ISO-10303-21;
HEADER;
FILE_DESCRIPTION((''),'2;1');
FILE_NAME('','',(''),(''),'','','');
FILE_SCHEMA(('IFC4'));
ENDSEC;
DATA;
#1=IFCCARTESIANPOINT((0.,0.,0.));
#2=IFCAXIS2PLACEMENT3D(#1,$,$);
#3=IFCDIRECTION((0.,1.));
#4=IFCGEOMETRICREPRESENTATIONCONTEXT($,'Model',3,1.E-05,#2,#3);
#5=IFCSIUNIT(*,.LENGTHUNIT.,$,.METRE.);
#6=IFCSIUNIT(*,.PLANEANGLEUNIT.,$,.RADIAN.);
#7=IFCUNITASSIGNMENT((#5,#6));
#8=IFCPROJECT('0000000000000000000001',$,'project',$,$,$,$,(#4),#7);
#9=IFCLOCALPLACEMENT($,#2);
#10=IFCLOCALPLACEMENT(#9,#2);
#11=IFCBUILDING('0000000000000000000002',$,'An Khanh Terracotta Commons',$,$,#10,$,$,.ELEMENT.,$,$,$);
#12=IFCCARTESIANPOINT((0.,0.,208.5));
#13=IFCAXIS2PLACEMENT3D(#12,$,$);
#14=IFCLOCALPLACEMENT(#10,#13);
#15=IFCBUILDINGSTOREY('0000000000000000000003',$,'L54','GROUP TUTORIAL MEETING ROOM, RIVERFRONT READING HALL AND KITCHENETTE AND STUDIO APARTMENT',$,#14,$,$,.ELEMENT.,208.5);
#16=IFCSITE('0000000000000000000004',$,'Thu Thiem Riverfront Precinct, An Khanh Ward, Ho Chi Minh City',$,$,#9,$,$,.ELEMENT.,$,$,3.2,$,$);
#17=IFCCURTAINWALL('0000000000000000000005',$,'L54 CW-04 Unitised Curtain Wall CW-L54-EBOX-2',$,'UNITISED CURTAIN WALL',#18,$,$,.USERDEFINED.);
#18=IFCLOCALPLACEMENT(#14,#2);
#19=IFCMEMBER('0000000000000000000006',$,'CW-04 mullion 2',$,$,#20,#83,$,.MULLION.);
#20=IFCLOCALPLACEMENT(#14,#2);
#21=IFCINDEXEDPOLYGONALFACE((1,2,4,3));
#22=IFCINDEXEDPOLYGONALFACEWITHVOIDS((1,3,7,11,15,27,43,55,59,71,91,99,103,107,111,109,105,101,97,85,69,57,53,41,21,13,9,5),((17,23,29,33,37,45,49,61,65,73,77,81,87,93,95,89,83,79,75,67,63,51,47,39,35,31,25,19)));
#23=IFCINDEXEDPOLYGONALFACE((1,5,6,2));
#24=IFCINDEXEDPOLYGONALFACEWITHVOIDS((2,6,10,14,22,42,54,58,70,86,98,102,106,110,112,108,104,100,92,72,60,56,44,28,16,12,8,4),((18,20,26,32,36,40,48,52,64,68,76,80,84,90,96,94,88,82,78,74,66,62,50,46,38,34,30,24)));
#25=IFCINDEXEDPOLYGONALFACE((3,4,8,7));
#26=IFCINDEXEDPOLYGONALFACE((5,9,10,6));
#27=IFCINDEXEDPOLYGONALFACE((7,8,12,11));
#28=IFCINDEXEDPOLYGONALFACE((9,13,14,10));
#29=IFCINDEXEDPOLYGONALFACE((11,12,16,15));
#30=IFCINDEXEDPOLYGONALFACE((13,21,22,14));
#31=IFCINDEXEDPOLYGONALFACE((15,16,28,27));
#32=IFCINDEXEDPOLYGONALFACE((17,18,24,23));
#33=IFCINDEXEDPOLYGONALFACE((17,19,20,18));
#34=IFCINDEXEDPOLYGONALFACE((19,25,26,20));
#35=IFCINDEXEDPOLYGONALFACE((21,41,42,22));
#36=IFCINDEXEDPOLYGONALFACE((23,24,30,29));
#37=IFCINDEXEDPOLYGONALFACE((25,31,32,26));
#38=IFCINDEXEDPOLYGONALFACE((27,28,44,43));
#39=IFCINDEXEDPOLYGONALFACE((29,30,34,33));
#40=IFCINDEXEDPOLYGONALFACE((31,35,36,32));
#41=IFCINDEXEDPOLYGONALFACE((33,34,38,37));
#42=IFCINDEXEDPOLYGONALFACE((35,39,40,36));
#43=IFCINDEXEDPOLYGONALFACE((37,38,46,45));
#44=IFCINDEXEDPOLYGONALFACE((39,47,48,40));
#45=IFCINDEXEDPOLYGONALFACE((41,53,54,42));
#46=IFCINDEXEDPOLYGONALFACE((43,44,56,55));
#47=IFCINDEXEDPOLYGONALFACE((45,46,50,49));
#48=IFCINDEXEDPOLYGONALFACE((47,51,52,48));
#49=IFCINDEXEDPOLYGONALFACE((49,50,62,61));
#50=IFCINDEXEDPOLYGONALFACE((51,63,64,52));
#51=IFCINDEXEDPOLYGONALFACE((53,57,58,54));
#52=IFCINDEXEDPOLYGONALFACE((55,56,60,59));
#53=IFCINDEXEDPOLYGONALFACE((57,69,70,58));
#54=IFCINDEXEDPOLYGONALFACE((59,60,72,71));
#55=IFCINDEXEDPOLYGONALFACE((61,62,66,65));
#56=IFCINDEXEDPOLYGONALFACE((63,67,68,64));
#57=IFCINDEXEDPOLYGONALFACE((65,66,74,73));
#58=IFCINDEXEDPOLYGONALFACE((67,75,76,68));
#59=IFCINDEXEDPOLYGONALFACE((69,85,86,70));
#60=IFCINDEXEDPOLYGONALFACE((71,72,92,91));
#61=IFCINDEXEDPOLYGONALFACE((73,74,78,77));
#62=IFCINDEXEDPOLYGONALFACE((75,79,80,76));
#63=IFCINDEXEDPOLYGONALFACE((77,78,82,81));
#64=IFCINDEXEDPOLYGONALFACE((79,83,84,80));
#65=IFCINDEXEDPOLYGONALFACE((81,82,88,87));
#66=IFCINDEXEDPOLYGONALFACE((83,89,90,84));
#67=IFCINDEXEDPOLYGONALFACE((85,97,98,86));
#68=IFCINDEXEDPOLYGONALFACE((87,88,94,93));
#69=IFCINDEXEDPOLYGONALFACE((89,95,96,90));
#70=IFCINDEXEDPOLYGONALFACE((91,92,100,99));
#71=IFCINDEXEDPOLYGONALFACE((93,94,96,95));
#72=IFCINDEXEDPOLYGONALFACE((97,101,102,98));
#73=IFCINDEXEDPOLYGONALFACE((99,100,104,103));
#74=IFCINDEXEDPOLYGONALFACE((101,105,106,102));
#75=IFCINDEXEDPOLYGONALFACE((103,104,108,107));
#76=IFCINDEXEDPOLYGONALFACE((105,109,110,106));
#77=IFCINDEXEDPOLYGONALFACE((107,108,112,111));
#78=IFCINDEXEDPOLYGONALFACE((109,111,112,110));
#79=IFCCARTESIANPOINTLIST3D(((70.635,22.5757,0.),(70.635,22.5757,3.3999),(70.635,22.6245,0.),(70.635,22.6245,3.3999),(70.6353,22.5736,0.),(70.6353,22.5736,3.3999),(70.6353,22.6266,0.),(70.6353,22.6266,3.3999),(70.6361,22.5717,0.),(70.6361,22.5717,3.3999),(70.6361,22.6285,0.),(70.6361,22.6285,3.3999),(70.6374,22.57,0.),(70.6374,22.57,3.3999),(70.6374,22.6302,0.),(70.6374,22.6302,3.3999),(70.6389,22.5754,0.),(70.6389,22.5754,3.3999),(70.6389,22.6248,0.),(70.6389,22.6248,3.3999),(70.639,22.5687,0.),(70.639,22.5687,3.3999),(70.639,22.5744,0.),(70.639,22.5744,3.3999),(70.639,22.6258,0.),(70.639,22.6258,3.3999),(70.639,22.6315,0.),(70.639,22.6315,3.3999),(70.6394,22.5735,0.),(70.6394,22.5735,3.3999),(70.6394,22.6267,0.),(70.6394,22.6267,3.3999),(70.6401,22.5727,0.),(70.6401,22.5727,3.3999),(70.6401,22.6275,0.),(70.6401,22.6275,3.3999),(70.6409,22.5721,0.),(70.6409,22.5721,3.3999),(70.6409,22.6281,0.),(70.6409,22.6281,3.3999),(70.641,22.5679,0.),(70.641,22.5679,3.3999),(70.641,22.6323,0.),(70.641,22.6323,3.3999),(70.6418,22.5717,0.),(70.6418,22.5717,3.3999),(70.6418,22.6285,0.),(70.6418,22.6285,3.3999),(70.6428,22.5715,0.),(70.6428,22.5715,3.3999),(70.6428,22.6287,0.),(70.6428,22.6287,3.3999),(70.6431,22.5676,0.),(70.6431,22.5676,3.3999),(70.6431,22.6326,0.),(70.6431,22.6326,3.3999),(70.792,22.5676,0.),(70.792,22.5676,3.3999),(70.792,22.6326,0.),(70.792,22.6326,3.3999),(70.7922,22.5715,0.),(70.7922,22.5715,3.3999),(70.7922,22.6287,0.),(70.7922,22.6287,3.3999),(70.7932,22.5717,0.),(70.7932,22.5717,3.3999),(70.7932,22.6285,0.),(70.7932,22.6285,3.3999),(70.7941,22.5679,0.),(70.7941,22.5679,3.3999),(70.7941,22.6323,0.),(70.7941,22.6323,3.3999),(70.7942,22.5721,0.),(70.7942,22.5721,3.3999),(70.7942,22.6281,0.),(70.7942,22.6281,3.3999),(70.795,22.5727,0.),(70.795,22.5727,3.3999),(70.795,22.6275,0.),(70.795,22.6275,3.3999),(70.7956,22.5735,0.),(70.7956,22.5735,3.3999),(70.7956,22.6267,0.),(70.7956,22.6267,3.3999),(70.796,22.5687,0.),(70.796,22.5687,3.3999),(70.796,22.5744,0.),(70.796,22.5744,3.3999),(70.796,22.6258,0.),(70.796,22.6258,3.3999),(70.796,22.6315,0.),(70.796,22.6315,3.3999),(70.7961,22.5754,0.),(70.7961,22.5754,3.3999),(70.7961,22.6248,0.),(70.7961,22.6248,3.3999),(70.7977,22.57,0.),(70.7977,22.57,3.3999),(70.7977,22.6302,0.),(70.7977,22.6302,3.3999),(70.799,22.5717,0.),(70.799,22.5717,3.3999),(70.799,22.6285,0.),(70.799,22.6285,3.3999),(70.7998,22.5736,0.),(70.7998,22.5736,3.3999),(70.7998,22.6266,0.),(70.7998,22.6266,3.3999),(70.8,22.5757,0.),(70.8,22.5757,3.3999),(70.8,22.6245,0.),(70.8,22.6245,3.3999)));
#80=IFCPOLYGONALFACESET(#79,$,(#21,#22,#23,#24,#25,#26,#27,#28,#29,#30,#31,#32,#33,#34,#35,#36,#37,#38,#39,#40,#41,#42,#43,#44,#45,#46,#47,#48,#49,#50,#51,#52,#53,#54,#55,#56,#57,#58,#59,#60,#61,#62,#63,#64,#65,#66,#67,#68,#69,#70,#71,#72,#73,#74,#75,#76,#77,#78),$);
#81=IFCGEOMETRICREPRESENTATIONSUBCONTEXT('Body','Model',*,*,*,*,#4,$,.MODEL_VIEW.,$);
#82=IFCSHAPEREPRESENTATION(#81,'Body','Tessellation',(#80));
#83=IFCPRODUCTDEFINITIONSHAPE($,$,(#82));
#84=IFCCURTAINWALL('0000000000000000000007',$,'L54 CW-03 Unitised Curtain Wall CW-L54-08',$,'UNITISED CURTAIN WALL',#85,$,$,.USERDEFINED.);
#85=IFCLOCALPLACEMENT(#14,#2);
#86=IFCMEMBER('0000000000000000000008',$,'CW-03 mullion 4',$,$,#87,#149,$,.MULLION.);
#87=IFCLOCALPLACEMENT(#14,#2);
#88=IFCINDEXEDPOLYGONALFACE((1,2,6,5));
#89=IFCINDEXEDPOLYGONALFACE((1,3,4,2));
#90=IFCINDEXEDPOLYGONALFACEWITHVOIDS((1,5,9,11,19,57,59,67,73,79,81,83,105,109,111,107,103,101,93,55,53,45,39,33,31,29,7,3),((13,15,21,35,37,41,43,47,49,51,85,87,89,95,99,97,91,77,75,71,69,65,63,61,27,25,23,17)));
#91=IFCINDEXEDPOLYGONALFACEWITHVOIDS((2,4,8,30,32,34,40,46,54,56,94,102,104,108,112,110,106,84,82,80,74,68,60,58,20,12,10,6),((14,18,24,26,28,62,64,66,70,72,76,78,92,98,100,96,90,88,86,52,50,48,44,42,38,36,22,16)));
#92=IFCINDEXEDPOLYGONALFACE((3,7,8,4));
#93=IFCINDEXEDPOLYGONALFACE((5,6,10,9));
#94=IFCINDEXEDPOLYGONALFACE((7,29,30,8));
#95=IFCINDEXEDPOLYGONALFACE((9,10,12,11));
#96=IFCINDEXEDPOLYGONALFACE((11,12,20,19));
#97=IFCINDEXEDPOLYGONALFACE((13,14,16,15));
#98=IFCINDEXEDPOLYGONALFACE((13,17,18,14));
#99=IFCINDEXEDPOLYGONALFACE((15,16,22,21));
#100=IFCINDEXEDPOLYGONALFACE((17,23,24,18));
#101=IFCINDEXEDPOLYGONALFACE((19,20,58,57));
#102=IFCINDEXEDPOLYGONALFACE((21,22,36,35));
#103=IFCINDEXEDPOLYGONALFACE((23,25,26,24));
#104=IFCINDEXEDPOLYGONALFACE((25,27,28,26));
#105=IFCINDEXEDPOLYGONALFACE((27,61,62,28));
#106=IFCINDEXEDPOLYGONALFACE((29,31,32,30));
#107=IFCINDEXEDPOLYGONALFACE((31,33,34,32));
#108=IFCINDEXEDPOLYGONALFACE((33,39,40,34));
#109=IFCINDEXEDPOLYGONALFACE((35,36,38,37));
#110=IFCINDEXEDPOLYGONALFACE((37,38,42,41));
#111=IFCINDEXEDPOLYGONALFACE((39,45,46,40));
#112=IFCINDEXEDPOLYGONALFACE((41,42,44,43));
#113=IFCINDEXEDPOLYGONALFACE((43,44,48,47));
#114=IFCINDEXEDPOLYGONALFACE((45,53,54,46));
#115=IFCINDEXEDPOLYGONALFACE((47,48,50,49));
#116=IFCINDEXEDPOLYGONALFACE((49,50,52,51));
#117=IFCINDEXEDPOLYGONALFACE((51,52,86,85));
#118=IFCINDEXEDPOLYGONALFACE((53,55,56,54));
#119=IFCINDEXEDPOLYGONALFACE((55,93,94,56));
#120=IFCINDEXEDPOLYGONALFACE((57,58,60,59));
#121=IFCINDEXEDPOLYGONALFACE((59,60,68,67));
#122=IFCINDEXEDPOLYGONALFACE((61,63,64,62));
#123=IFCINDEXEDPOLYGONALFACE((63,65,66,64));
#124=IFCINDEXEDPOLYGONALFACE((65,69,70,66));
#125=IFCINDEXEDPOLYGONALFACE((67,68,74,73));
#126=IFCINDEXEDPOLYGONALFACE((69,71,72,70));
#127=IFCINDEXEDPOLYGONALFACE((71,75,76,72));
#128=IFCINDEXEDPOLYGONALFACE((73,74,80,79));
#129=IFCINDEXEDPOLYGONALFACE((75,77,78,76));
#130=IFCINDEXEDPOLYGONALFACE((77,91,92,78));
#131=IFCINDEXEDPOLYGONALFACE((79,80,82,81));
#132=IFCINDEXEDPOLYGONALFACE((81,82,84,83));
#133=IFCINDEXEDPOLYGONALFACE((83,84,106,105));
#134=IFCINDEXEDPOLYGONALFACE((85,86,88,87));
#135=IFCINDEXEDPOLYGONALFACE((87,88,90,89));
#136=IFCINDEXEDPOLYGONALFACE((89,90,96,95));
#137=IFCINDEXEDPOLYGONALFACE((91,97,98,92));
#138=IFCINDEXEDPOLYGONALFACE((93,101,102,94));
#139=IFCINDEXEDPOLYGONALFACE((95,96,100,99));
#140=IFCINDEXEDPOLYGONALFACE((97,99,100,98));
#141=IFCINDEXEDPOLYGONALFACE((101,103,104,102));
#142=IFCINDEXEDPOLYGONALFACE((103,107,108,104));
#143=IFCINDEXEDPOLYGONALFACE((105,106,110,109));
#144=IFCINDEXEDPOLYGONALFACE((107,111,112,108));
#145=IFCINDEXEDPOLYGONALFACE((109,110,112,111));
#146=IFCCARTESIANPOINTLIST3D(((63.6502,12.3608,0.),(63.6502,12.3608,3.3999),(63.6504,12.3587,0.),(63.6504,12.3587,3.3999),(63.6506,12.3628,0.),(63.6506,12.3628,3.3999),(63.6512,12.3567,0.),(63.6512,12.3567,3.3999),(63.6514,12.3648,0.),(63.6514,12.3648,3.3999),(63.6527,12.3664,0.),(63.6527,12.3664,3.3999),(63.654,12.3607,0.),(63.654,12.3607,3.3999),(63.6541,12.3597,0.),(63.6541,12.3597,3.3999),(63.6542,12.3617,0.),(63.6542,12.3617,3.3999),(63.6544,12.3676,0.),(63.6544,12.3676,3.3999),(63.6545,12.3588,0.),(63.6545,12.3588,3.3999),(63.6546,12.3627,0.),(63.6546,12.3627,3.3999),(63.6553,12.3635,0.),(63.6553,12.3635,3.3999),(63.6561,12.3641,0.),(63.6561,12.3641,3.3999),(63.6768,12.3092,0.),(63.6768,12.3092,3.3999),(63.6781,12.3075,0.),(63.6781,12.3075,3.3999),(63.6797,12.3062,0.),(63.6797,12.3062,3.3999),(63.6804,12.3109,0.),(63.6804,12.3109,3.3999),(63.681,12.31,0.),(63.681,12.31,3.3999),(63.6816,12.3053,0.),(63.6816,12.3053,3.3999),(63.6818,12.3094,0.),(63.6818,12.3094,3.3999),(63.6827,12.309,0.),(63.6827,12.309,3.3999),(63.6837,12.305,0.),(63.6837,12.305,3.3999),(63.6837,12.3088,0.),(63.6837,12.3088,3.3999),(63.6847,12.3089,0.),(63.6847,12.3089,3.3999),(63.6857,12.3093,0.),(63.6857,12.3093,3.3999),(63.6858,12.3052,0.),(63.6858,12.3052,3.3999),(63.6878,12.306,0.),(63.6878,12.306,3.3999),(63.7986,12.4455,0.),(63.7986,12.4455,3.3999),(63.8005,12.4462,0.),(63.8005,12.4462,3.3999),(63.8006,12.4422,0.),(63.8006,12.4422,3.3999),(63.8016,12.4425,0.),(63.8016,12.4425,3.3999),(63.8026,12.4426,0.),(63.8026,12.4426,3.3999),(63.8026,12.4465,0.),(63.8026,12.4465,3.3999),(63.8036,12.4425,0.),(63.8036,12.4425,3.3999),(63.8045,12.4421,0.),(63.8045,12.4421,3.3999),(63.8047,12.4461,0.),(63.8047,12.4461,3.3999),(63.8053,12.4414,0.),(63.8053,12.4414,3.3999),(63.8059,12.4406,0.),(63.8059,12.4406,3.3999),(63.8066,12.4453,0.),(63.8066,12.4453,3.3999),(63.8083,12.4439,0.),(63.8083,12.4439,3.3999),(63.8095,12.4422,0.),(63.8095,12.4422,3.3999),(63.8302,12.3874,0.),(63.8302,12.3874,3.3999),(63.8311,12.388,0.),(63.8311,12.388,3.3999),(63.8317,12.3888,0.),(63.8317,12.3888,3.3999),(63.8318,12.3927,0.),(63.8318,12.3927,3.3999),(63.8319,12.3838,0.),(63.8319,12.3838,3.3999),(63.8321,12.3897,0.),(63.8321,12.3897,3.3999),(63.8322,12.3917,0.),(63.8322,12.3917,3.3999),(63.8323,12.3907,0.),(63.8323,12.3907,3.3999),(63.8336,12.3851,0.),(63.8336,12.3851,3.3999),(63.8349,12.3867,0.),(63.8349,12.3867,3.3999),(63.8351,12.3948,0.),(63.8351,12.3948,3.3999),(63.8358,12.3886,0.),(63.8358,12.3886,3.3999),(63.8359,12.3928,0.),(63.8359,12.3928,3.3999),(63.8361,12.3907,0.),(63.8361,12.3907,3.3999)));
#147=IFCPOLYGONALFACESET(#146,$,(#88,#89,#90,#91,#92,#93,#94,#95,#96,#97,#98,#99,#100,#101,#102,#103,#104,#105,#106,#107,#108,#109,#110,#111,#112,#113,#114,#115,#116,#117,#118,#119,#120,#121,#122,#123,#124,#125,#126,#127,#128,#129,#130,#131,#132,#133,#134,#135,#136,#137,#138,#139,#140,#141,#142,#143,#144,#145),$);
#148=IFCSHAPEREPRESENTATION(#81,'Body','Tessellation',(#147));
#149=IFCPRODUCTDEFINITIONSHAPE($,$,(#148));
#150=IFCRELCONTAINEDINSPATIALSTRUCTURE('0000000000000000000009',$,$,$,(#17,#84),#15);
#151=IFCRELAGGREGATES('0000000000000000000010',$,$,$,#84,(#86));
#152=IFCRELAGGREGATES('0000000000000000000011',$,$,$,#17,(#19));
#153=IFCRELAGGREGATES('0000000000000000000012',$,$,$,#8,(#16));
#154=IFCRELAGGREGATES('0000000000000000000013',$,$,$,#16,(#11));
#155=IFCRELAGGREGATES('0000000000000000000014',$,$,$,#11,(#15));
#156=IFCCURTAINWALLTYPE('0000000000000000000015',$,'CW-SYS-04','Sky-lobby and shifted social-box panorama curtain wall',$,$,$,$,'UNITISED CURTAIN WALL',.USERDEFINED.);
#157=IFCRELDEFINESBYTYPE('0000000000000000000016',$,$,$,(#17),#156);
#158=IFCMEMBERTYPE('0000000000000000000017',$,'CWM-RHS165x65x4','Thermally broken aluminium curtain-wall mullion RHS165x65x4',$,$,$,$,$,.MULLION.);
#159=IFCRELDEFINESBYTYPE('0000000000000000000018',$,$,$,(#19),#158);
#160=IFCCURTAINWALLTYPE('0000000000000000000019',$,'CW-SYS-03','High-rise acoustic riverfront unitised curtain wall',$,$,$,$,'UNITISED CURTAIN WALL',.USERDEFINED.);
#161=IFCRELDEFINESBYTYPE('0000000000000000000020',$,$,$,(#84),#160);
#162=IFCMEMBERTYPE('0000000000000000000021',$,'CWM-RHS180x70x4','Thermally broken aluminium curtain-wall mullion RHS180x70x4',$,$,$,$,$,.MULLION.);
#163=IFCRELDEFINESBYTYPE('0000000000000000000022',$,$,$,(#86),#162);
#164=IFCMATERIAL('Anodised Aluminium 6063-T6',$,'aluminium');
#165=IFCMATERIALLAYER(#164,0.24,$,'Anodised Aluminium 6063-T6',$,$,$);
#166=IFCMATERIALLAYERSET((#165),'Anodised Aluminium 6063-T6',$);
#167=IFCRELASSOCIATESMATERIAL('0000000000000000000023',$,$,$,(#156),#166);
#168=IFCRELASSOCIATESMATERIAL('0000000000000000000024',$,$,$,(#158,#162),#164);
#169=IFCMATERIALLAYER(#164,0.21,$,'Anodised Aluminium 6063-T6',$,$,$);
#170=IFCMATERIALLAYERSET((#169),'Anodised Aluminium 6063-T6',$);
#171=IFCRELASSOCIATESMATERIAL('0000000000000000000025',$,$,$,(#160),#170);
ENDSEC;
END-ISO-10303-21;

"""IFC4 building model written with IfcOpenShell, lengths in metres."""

from ifc_helpers import new_model, si_unit, direction, frame, origin, origin_2d, place, context, subcontext, project, spatial, hollow_rectangle, extrude, material, layer, layer_set, material_profile, profile_set, type_object, element, aggregate, save


model = new_model("IFC4")

# Units and contexts
model_context = context("Model", 3, precision=1e-05, world=origin(), true_north=direction((0.0, 1.0)))
body_context = subcontext(model_context, "Body", "Model", "MODEL_VIEW")
ifc_project = project(units=[si_unit("LENGTHUNIT", "METRE"), si_unit("PLANEANGLEUNIT", "RADIAN")], contexts=[model_context])

# Site, building, storey
site_placement = place(None, origin())
site = spatial("IfcSite", under=ifc_project, at=site_placement, Name="Thu Thiem Riverfront Precinct, An Khanh Ward, Ho Chi Minh City", CompositionType="ELEMENT", RefElevation=3.2)
building_placement = place(site_placement, origin())
building = spatial("IfcBuilding", under=site, at=building_placement, Name="An Khanh Terracotta Commons", CompositionType="ELEMENT")
storey_placement = place(building_placement, frame((0.0, 0.0, 208.5)))
storey = spatial("IfcBuildingStorey", under=building, at=storey_placement, Name="L54", Description="GROUP TUTORIAL MEETING ROOM, RIVERFRONT READING HALL AND KITCHENETTE AND STUDIO APARTMENT", CompositionType="ELEMENT", Elevation=208.5)

# Shared definitions
ifc_material_1 = material(Name="Anodised Aluminium 6063-T6", Category="aluminium")
ifc_layer_1 = layer(ifc_material_1, 0.24, Name="Anodised Aluminium 6063-T6")
ifc_layer_set_1 = layer_set([ifc_layer_1], Name="Anodised Aluminium 6063-T6")
curtain_wall_type_1 = type_object("IfcCurtainWallType", Name="CW-SYS-04", Description="Sky-lobby and shifted social-box panorama curtain wall", ElementType="UNITISED CURTAIN WALL", PredefinedType="USERDEFINED", material=ifc_layer_set_1)
ifc_material_profile_1 = material_profile(ifc_material_1, hollow_rectangle(XDim=0.0649, YDim=0.165, WallThickness=0.0039, InnerFilletRadius=0.0039, OuterFilletRadius=0.0081, at=origin_2d()), Name="RHS165x65x4")
ifc_profile_set_1 = profile_set([ifc_material_profile_1], Name="Anodised Aluminium 6063-T6")
member_type_1 = type_object("IfcMemberType", Name="CWM-RHS165x65x4", Description="Thermally broken aluminium curtain-wall mullion RHS165x65x4", PredefinedType="MULLION", material=ifc_profile_set_1)

# Curtain walls, members
curtain_wall_1_placement = place(storey_placement, origin())
curtain_wall_1 = element("IfcCurtainWall", 1, at=curtain_wall_1_placement, inside=storey, type_object=curtain_wall_type_1, Name="L54 CW-04 Unitised Curtain Wall CW-L54-EBOX-2", ObjectType="UNITISED CURTAIN WALL", PredefinedType="USERDEFINED")
member_1_placement = place(storey_placement, frame((70.7175, 22.6001, 0.0), z_axis=(0.0, 0.0, 1.0), x_axis=(0.0, 1.0, 0.0)))
member_1 = element("IfcMember", 2, at=member_1_placement, type_object=member_type_1, Name="CW-04 mullion 2", PredefinedType="MULLION", context=body_context, shape_type="SweptSolid", body=[
    extrude(hollow_rectangle(XDim=0.0649, YDim=0.165, WallThickness=0.0039, InnerFilletRadius=0.0039, OuterFilletRadius=0.0081, at=origin_2d()), origin(), (0.0, 0.0, 1.0), 3.3999),
])
ifc_layer_2 = layer(ifc_material_1, 0.21, Name="Anodised Aluminium 6063-T6")
ifc_layer_set_2 = layer_set([ifc_layer_2], Name="Anodised Aluminium 6063-T6")
curtain_wall_type_2 = type_object("IfcCurtainWallType", Name="CW-SYS-03", Description="High-rise acoustic riverfront unitised curtain wall", ElementType="UNITISED CURTAIN WALL", PredefinedType="USERDEFINED", material=ifc_layer_set_2)
curtain_wall_2_placement = place(storey_placement, origin())
curtain_wall_2 = element("IfcCurtainWall", 3, at=curtain_wall_2_placement, inside=storey, type_object=curtain_wall_type_2, Name="L54 CW-03 Unitised Curtain Wall CW-L54-08", ObjectType="UNITISED CURTAIN WALL", PredefinedType="USERDEFINED")
ifc_material_profile_2 = material_profile(ifc_material_1, hollow_rectangle(XDim=0.0701, YDim=0.1799, WallThickness=0.0039, InnerFilletRadius=0.0039, OuterFilletRadius=0.0081, at=origin_2d()), Name="RHS180x70x4")
ifc_profile_set_2 = profile_set([ifc_material_profile_2], Name="Anodised Aluminium 6063-T6")
member_type_2 = type_object("IfcMemberType", Name="CWM-RHS180x70x4", Description="Thermally broken aluminium curtain-wall mullion RHS180x70x4", PredefinedType="MULLION", material=ifc_profile_set_2)
member_2_placement = place(storey_placement, frame((63.7432, 12.3757, 0.0), z_axis=(0.0, 0.0, 1.0), x_axis=(-0.475381, 0.87978, 0.0)))
member_2 = element("IfcMember", 4, at=member_2_placement, type_object=member_type_2, Name="CW-03 mullion 4", PredefinedType="MULLION", context=body_context, shape_type="SweptSolid", body=[
    extrude(hollow_rectangle(XDim=0.0701, YDim=0.1799, WallThickness=0.0039, InnerFilletRadius=0.0039, OuterFilletRadius=0.0081, at=origin_2d()), origin(), (0.0, 0.0, 1.0), 3.3999),
])

aggregate(curtain_wall_2, [member_2])
aggregate(curtain_wall_1, [member_1])

save(model, "model.ifc")
